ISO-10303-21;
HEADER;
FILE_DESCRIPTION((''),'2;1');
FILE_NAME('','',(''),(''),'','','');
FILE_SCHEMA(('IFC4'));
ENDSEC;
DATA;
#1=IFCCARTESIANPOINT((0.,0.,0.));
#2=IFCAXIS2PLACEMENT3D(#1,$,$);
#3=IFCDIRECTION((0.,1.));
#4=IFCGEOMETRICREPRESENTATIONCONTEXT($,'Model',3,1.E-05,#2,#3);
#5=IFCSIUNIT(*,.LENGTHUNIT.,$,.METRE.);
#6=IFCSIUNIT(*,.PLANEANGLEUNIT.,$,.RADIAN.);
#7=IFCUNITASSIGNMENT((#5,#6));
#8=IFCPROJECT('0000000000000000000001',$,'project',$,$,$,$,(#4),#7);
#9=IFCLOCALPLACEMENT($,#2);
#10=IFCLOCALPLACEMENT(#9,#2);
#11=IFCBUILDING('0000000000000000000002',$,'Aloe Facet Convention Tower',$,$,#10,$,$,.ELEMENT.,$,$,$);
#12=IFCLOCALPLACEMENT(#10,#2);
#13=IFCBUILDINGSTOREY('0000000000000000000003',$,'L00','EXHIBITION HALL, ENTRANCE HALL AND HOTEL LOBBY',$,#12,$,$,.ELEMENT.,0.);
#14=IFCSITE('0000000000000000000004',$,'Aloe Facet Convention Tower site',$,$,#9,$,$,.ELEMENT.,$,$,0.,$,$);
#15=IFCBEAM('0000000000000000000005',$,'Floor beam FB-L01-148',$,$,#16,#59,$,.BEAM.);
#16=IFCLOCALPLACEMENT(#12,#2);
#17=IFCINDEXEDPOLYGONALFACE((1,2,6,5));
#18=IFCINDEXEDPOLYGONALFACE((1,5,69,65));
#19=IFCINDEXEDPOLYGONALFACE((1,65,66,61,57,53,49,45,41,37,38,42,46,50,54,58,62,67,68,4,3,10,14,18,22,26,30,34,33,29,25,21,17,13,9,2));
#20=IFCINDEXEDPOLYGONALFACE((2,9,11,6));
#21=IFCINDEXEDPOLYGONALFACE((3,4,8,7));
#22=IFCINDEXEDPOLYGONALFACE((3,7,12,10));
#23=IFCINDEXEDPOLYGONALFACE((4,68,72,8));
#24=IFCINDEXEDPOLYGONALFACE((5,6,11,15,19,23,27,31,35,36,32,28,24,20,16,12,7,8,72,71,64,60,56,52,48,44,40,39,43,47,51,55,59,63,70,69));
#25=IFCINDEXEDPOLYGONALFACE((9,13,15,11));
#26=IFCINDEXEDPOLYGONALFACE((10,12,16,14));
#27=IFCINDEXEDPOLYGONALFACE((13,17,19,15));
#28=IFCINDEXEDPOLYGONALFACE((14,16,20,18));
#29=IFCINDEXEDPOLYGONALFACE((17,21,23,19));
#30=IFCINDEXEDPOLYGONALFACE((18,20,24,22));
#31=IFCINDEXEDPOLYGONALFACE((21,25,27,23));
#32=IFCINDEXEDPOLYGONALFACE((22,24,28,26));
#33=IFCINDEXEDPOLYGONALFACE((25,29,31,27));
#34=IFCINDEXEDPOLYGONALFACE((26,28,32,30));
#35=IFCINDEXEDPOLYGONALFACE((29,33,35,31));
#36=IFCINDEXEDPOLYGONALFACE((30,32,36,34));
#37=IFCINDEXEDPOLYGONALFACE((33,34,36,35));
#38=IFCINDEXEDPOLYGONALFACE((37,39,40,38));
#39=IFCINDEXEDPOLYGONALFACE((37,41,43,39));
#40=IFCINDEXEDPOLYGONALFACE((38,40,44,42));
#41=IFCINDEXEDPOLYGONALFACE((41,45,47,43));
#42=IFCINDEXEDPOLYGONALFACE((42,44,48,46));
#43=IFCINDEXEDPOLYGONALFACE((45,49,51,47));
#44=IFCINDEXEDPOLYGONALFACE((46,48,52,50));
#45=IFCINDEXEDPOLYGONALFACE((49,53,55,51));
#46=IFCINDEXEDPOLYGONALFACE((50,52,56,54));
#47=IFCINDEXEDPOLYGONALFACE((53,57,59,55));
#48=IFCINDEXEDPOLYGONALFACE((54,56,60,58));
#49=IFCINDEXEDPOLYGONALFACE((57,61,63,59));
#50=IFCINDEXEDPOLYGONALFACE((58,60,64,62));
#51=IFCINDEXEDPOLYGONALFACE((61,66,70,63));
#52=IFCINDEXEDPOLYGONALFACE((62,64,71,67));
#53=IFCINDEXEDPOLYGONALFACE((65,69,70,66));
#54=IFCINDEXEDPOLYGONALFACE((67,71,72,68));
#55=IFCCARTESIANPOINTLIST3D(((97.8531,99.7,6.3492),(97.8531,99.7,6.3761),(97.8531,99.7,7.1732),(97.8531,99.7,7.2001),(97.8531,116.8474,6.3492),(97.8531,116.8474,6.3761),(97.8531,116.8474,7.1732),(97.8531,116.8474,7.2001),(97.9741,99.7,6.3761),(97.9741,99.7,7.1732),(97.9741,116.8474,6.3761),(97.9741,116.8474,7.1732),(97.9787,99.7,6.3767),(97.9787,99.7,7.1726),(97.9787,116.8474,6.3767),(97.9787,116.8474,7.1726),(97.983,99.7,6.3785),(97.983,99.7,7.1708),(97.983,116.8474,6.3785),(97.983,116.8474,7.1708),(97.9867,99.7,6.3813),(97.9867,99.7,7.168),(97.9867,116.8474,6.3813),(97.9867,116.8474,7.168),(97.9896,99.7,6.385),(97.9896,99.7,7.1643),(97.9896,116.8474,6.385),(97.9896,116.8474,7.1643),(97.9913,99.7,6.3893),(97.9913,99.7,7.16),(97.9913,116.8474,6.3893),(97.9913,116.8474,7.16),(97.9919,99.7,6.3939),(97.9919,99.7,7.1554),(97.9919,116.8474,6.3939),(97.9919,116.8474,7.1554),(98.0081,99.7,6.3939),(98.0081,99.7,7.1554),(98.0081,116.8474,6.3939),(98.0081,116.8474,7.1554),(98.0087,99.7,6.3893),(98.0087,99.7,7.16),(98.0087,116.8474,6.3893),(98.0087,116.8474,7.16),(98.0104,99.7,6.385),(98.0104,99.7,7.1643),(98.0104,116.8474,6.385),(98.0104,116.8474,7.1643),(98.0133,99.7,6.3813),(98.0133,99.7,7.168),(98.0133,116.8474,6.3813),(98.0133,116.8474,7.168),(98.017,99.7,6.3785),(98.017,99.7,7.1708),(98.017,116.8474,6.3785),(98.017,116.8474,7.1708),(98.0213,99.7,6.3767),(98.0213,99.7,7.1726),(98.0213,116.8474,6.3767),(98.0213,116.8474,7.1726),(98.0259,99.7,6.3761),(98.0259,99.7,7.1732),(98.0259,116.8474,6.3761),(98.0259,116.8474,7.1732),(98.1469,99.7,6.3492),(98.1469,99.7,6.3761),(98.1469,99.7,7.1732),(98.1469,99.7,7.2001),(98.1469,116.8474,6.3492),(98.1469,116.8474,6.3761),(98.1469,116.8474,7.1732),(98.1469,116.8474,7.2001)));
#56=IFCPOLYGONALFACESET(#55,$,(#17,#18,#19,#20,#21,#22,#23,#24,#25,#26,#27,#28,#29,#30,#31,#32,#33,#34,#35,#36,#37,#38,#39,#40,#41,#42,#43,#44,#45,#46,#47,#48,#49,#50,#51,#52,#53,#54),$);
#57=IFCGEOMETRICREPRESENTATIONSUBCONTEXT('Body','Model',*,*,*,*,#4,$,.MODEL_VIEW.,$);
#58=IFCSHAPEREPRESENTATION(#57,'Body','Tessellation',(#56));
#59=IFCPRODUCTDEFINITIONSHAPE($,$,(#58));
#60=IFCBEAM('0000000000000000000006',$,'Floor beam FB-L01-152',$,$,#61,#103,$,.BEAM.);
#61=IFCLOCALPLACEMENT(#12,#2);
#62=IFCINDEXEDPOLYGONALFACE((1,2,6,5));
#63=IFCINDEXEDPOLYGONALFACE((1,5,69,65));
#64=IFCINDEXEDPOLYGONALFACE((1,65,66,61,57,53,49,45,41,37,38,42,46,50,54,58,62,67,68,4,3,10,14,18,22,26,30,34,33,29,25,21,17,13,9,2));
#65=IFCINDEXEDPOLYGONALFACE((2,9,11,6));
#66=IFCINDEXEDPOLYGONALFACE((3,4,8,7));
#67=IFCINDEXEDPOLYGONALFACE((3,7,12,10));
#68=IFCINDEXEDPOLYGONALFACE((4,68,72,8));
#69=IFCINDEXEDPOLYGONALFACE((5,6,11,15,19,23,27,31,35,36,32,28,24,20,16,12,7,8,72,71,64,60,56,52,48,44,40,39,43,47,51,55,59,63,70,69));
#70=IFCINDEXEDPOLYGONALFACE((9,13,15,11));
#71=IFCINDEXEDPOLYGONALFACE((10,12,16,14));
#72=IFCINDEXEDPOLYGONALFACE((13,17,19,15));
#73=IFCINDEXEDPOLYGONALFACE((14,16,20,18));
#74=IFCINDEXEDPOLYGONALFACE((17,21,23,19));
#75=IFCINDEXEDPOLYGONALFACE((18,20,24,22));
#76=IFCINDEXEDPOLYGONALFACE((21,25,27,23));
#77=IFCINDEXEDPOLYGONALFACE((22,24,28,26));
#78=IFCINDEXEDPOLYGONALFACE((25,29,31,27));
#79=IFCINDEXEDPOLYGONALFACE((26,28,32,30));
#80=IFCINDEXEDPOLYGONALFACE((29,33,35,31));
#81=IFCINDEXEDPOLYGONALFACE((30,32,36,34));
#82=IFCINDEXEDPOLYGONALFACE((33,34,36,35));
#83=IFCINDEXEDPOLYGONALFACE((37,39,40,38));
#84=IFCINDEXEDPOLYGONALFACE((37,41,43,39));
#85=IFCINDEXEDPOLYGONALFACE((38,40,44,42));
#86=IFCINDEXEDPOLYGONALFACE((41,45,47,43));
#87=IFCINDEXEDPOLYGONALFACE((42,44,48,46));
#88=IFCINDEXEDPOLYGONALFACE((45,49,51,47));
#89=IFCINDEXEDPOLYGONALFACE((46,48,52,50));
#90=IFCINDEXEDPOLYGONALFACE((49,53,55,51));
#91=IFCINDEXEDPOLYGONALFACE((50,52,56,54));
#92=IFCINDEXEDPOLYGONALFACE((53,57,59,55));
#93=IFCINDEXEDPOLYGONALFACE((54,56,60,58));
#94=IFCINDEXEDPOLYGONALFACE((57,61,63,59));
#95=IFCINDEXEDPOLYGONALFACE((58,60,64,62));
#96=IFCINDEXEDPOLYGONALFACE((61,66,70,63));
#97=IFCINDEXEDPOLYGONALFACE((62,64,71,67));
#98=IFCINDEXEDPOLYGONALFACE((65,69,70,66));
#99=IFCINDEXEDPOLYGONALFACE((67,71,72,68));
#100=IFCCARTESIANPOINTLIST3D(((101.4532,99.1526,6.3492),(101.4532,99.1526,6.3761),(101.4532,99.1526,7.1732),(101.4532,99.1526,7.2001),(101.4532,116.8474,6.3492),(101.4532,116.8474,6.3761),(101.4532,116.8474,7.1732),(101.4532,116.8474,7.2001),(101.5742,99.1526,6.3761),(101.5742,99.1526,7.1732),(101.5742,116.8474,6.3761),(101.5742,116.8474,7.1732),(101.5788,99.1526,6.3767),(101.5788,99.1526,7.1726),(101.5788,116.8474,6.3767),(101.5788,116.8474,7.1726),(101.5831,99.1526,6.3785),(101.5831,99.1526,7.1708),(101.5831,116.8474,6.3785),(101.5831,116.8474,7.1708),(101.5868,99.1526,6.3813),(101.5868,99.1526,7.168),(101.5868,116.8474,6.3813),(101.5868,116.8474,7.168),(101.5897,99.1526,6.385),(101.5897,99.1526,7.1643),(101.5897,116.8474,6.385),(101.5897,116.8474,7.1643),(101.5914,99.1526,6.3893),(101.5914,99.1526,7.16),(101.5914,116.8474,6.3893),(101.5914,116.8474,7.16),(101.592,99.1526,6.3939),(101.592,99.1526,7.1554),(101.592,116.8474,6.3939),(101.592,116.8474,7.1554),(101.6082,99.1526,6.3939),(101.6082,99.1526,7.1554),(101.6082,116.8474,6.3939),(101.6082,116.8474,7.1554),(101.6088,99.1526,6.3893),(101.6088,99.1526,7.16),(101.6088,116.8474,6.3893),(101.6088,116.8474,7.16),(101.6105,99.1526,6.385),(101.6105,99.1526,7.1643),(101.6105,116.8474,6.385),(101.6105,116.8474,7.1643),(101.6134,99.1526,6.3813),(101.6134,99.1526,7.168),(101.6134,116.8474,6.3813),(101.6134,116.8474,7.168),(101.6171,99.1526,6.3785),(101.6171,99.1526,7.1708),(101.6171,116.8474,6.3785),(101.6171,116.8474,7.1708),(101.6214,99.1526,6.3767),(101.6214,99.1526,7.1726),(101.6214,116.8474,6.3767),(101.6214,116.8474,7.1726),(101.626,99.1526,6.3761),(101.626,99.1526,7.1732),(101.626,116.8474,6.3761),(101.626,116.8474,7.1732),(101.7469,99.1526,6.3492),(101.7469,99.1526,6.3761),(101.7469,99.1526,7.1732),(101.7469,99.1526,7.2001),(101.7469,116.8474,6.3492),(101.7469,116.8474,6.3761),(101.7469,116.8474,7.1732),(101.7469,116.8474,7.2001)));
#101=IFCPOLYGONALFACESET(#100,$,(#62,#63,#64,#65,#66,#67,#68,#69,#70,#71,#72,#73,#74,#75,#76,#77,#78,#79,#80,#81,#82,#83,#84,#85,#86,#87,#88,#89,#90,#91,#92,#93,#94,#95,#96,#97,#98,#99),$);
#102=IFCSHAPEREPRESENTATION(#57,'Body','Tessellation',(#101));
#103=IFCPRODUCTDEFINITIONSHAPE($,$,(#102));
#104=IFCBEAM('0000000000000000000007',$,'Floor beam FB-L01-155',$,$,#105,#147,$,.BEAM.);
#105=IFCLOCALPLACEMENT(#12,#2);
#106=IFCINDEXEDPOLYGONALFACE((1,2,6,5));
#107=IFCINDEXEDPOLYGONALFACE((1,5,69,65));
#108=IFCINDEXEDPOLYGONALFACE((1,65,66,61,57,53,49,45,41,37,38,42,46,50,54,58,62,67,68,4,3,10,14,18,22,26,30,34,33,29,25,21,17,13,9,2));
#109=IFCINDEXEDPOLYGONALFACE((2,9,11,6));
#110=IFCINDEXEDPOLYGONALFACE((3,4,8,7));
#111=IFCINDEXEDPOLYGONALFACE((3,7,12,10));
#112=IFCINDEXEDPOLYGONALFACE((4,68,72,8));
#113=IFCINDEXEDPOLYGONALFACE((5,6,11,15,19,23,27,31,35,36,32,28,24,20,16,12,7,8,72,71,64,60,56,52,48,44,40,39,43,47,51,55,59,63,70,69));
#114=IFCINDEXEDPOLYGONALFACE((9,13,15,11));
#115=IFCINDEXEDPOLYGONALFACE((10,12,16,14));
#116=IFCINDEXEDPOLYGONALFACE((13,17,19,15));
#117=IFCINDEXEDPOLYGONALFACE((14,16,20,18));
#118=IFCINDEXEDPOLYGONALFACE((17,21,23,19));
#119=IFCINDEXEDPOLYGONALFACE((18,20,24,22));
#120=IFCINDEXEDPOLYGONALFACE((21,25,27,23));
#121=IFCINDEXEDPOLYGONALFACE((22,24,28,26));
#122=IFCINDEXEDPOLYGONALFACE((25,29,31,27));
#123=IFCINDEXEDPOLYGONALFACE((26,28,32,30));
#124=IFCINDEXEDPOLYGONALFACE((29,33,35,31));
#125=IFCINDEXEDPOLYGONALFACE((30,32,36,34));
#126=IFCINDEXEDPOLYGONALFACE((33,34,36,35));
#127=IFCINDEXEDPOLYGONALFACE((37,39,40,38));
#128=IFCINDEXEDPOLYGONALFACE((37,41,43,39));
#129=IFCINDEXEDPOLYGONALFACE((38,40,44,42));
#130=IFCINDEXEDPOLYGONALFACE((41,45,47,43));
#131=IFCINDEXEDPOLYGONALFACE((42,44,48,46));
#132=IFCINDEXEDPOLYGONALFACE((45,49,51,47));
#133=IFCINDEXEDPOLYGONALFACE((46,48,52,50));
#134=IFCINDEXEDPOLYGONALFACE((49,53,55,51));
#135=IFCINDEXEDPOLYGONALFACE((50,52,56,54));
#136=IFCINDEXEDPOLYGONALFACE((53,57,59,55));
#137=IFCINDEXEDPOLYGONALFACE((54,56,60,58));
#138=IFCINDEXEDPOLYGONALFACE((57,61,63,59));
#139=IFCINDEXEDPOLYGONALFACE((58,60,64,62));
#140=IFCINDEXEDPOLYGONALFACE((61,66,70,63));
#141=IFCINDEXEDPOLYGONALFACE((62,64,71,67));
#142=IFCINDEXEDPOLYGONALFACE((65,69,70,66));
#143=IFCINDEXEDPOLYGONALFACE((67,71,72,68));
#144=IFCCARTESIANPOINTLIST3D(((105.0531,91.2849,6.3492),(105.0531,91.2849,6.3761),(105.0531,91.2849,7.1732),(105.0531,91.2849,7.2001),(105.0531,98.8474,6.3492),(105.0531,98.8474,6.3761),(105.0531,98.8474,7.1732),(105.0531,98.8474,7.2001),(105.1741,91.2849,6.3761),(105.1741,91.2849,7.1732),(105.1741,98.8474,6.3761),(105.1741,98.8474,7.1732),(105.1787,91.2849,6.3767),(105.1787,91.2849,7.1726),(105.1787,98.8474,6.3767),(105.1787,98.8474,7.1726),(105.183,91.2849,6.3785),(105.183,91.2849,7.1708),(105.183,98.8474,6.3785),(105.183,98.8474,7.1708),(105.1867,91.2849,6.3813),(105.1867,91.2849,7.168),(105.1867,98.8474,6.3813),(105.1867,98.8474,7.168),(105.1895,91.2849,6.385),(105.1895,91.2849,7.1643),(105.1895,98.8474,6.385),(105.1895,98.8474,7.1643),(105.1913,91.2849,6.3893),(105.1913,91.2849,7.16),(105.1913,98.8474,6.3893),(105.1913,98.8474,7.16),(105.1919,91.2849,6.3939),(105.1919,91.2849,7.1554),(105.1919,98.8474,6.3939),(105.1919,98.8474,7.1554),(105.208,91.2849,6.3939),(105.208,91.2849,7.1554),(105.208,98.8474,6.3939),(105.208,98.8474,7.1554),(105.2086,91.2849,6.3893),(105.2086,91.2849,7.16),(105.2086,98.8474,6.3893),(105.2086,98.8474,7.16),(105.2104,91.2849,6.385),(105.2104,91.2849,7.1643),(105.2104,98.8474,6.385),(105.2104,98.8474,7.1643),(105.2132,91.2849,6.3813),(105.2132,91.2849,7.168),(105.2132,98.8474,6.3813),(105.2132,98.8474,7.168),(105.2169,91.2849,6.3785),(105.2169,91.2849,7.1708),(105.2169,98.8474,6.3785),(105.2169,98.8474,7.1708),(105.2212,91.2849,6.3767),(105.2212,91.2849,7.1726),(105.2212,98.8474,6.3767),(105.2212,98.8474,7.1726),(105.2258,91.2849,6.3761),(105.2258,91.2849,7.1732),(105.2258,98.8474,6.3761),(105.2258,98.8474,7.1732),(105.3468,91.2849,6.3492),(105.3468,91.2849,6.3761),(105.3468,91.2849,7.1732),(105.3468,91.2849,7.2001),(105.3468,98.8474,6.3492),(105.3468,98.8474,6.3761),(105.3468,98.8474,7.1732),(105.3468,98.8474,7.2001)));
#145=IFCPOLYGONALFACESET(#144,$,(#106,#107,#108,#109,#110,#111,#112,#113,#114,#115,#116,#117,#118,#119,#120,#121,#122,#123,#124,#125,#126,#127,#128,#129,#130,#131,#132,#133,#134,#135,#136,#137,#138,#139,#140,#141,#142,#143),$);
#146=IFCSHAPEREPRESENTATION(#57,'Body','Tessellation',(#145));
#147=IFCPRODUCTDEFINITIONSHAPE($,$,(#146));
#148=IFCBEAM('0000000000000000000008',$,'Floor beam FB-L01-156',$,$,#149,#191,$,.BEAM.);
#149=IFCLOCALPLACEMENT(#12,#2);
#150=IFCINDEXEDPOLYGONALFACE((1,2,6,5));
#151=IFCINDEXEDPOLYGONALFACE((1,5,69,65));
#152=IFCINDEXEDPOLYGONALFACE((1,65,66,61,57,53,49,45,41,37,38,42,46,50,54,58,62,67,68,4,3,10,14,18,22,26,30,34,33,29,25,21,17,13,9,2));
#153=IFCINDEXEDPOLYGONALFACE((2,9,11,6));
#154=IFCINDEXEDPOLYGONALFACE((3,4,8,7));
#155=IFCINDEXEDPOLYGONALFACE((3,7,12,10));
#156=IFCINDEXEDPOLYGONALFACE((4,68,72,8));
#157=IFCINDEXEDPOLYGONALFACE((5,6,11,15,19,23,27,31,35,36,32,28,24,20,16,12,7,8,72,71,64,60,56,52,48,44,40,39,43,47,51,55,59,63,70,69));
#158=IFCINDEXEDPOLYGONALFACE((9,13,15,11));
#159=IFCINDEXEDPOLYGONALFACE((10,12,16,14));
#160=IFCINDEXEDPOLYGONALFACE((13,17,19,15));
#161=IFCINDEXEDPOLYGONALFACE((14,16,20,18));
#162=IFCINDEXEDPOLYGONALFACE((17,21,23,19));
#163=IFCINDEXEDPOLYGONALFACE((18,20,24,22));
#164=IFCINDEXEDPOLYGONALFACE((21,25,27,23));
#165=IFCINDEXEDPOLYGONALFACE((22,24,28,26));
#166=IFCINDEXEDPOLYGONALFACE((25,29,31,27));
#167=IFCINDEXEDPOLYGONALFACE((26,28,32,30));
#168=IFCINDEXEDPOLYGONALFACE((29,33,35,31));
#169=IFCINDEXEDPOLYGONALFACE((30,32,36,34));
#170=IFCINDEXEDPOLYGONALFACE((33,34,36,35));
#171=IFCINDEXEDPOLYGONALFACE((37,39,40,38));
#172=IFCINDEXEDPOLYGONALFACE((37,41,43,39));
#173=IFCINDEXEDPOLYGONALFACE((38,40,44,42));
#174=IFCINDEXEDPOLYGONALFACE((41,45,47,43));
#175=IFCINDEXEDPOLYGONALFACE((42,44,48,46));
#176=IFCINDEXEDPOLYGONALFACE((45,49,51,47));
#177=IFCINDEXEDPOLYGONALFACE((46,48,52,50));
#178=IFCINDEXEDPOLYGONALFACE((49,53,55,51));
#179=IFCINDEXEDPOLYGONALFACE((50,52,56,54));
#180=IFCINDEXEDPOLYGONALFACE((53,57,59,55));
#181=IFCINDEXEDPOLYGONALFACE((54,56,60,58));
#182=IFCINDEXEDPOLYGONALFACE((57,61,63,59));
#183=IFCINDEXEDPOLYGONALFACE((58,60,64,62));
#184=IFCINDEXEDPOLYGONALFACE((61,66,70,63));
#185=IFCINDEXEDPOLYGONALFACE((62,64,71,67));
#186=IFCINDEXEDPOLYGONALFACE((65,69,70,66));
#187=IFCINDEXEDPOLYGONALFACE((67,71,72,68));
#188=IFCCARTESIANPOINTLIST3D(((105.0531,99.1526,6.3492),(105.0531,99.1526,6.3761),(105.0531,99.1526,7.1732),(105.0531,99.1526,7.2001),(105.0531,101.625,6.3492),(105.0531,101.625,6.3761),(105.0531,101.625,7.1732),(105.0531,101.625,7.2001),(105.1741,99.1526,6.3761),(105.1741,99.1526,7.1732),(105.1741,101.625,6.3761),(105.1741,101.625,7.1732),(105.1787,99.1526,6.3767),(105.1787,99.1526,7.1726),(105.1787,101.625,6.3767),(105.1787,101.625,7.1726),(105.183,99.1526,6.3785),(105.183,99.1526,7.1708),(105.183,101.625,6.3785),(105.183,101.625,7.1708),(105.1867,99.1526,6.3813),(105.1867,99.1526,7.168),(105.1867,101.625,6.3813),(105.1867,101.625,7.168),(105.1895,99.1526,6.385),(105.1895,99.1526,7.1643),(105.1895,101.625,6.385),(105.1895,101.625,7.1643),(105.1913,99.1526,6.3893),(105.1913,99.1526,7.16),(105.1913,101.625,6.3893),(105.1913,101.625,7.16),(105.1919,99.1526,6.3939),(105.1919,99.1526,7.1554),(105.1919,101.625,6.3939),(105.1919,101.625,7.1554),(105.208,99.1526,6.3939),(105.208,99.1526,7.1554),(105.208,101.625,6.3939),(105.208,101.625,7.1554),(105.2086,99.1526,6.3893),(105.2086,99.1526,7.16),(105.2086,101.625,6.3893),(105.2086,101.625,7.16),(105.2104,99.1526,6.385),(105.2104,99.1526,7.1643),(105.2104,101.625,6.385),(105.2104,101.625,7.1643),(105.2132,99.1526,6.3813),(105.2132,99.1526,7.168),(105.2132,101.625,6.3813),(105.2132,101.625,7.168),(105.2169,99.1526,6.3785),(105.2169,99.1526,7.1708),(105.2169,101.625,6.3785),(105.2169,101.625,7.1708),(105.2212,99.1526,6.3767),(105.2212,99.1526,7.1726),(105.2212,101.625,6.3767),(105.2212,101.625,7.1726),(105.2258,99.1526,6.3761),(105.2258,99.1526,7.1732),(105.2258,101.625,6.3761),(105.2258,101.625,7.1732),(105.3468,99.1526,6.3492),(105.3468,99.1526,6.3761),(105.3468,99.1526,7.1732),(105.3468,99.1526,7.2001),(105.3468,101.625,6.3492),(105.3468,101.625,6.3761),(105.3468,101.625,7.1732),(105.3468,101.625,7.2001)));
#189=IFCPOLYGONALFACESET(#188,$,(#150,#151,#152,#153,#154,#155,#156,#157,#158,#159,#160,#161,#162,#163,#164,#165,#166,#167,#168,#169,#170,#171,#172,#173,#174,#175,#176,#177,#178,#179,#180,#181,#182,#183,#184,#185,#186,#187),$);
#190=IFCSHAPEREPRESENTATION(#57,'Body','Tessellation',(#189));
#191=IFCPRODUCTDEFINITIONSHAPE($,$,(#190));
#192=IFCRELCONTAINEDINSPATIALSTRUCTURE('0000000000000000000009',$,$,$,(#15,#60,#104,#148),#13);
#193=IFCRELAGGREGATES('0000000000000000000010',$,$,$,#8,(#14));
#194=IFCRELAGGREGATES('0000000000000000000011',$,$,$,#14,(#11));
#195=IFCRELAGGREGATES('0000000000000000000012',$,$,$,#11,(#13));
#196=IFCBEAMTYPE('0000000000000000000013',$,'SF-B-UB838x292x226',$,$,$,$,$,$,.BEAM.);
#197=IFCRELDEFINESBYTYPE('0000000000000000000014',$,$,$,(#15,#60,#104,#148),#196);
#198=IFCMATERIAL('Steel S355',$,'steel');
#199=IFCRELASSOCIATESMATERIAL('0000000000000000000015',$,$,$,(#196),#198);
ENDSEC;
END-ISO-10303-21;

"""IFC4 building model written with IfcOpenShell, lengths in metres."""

from ifc_helpers import new_model, si_unit, direction, frame, origin, origin_2d, place, context, subcontext, project, spatial, i_section, extrude, material, material_profile, profile_set, type_object, element, save


model = new_model("IFC4")

# Units and contexts
model_context = context("Model", 3, precision=1e-05, world=origin(), true_north=direction((0.0, 1.0)))
body_context = subcontext(model_context, "Body", "Model", "MODEL_VIEW")
ifc_project = project(units=[si_unit("LENGTHUNIT", "METRE"), si_unit("PLANEANGLEUNIT", "RADIAN")], contexts=[model_context])

# Site, building, storey
site_placement = place(None, origin())
site = spatial("IfcSite", under=ifc_project, at=site_placement, Name="Aloe Facet Convention Tower site", CompositionType="ELEMENT", RefElevation=0.0)
building_placement = place(site_placement, origin())
building = spatial("IfcBuilding", under=site, at=building_placement, Name="Aloe Facet Convention Tower", CompositionType="ELEMENT")
storey_placement = place(building_placement, origin())
storey = spatial("IfcBuildingStorey", under=building, at=storey_placement, Name="L00", Description="EXHIBITION HALL, ENTRANCE HALL AND HOTEL LOBBY", CompositionType="ELEMENT", Elevation=0.0)

# Beams
ifc_material_1 = material(Name="Steel S355", Category="steel")
ifc_material_profile_1 = material_profile(ifc_material_1, i_section(OverallWidth=0.2937, OverallDepth=0.8508, WebThickness=0.0161, FlangeThickness=0.0269, FilletRadius=0.0178, at=origin_2d()), Name="UB 838x292x226")
ifc_profile_set_1 = profile_set([ifc_material_profile_1], Name="Steel S355")
beam_type_1 = type_object("IfcBeamType", Name="SF-B-UB838x292x226", PredefinedType="BEAM", material=ifc_profile_set_1)
beam_1_placement = place(storey_placement, frame((98.0, 99.7, 6.7747), z_axis=(0.0, 1.0, 0.0), x_axis=(-1.0, 0.0, 0.0)))
element("IfcBeam", 1, at=beam_1_placement, inside=storey, type_object=beam_type_1, Name="Floor beam FB-L01-148", PredefinedType="BEAM", context=body_context, shape_type="SweptSolid", body=[
    extrude(i_section(OverallWidth=0.2937, OverallDepth=0.8508, WebThickness=0.0161, FlangeThickness=0.0269, FilletRadius=0.0178, at=origin_2d()), origin(), (0.0, 0.0, 1.0), 17.1475),
])
beam_2_placement = place(storey_placement, frame((101.6001, 99.1526, 6.7747), z_axis=(0.0, 1.0, 0.0), x_axis=(-1.0, 0.0, 0.0)))
element("IfcBeam", 2, at=beam_2_placement, inside=storey, type_object=beam_type_1, Name="Floor beam FB-L01-152", PredefinedType="BEAM", context=body_context, shape_type="SweptSolid", body=[
    extrude(i_section(OverallWidth=0.2937, OverallDepth=0.8508, WebThickness=0.0161, FlangeThickness=0.0269, FilletRadius=0.0178, at=origin_2d()), origin(), (0.0, 0.0, 1.0), 17.6948),
])
beam_3_placement = place(storey_placement, frame((105.2, 91.2849, 6.7747), z_axis=(0.0, 1.0, 0.0), x_axis=(-1.0, 0.0, 0.0)))
element("IfcBeam", 3, at=beam_3_placement, inside=storey, type_object=beam_type_1, Name="Floor beam FB-L01-155", PredefinedType="BEAM", context=body_context, shape_type="SweptSolid", body=[
    extrude(i_section(OverallWidth=0.2937, OverallDepth=0.8508, WebThickness=0.0161, FlangeThickness=0.0269, FilletRadius=0.0178, at=origin_2d()), origin(), (0.0, 0.0, 1.0), 7.5625),
])
beam_4_placement = place(storey_placement, frame((105.2, 99.1526, 6.7747), z_axis=(0.0, 1.0, 0.0), x_axis=(-1.0, 0.0, 0.0)))
element("IfcBeam", 4, at=beam_4_placement, inside=storey, type_object=beam_type_1, Name="Floor beam FB-L01-156", PredefinedType="BEAM", context=body_context, shape_type="SweptSolid", body=[
    extrude(i_section(OverallWidth=0.2937, OverallDepth=0.8508, WebThickness=0.0161, FlangeThickness=0.0269, FilletRadius=0.0178, at=origin_2d()), origin(), (0.0, 0.0, 1.0), 2.4724),
])

save(model, "model.ifc")
